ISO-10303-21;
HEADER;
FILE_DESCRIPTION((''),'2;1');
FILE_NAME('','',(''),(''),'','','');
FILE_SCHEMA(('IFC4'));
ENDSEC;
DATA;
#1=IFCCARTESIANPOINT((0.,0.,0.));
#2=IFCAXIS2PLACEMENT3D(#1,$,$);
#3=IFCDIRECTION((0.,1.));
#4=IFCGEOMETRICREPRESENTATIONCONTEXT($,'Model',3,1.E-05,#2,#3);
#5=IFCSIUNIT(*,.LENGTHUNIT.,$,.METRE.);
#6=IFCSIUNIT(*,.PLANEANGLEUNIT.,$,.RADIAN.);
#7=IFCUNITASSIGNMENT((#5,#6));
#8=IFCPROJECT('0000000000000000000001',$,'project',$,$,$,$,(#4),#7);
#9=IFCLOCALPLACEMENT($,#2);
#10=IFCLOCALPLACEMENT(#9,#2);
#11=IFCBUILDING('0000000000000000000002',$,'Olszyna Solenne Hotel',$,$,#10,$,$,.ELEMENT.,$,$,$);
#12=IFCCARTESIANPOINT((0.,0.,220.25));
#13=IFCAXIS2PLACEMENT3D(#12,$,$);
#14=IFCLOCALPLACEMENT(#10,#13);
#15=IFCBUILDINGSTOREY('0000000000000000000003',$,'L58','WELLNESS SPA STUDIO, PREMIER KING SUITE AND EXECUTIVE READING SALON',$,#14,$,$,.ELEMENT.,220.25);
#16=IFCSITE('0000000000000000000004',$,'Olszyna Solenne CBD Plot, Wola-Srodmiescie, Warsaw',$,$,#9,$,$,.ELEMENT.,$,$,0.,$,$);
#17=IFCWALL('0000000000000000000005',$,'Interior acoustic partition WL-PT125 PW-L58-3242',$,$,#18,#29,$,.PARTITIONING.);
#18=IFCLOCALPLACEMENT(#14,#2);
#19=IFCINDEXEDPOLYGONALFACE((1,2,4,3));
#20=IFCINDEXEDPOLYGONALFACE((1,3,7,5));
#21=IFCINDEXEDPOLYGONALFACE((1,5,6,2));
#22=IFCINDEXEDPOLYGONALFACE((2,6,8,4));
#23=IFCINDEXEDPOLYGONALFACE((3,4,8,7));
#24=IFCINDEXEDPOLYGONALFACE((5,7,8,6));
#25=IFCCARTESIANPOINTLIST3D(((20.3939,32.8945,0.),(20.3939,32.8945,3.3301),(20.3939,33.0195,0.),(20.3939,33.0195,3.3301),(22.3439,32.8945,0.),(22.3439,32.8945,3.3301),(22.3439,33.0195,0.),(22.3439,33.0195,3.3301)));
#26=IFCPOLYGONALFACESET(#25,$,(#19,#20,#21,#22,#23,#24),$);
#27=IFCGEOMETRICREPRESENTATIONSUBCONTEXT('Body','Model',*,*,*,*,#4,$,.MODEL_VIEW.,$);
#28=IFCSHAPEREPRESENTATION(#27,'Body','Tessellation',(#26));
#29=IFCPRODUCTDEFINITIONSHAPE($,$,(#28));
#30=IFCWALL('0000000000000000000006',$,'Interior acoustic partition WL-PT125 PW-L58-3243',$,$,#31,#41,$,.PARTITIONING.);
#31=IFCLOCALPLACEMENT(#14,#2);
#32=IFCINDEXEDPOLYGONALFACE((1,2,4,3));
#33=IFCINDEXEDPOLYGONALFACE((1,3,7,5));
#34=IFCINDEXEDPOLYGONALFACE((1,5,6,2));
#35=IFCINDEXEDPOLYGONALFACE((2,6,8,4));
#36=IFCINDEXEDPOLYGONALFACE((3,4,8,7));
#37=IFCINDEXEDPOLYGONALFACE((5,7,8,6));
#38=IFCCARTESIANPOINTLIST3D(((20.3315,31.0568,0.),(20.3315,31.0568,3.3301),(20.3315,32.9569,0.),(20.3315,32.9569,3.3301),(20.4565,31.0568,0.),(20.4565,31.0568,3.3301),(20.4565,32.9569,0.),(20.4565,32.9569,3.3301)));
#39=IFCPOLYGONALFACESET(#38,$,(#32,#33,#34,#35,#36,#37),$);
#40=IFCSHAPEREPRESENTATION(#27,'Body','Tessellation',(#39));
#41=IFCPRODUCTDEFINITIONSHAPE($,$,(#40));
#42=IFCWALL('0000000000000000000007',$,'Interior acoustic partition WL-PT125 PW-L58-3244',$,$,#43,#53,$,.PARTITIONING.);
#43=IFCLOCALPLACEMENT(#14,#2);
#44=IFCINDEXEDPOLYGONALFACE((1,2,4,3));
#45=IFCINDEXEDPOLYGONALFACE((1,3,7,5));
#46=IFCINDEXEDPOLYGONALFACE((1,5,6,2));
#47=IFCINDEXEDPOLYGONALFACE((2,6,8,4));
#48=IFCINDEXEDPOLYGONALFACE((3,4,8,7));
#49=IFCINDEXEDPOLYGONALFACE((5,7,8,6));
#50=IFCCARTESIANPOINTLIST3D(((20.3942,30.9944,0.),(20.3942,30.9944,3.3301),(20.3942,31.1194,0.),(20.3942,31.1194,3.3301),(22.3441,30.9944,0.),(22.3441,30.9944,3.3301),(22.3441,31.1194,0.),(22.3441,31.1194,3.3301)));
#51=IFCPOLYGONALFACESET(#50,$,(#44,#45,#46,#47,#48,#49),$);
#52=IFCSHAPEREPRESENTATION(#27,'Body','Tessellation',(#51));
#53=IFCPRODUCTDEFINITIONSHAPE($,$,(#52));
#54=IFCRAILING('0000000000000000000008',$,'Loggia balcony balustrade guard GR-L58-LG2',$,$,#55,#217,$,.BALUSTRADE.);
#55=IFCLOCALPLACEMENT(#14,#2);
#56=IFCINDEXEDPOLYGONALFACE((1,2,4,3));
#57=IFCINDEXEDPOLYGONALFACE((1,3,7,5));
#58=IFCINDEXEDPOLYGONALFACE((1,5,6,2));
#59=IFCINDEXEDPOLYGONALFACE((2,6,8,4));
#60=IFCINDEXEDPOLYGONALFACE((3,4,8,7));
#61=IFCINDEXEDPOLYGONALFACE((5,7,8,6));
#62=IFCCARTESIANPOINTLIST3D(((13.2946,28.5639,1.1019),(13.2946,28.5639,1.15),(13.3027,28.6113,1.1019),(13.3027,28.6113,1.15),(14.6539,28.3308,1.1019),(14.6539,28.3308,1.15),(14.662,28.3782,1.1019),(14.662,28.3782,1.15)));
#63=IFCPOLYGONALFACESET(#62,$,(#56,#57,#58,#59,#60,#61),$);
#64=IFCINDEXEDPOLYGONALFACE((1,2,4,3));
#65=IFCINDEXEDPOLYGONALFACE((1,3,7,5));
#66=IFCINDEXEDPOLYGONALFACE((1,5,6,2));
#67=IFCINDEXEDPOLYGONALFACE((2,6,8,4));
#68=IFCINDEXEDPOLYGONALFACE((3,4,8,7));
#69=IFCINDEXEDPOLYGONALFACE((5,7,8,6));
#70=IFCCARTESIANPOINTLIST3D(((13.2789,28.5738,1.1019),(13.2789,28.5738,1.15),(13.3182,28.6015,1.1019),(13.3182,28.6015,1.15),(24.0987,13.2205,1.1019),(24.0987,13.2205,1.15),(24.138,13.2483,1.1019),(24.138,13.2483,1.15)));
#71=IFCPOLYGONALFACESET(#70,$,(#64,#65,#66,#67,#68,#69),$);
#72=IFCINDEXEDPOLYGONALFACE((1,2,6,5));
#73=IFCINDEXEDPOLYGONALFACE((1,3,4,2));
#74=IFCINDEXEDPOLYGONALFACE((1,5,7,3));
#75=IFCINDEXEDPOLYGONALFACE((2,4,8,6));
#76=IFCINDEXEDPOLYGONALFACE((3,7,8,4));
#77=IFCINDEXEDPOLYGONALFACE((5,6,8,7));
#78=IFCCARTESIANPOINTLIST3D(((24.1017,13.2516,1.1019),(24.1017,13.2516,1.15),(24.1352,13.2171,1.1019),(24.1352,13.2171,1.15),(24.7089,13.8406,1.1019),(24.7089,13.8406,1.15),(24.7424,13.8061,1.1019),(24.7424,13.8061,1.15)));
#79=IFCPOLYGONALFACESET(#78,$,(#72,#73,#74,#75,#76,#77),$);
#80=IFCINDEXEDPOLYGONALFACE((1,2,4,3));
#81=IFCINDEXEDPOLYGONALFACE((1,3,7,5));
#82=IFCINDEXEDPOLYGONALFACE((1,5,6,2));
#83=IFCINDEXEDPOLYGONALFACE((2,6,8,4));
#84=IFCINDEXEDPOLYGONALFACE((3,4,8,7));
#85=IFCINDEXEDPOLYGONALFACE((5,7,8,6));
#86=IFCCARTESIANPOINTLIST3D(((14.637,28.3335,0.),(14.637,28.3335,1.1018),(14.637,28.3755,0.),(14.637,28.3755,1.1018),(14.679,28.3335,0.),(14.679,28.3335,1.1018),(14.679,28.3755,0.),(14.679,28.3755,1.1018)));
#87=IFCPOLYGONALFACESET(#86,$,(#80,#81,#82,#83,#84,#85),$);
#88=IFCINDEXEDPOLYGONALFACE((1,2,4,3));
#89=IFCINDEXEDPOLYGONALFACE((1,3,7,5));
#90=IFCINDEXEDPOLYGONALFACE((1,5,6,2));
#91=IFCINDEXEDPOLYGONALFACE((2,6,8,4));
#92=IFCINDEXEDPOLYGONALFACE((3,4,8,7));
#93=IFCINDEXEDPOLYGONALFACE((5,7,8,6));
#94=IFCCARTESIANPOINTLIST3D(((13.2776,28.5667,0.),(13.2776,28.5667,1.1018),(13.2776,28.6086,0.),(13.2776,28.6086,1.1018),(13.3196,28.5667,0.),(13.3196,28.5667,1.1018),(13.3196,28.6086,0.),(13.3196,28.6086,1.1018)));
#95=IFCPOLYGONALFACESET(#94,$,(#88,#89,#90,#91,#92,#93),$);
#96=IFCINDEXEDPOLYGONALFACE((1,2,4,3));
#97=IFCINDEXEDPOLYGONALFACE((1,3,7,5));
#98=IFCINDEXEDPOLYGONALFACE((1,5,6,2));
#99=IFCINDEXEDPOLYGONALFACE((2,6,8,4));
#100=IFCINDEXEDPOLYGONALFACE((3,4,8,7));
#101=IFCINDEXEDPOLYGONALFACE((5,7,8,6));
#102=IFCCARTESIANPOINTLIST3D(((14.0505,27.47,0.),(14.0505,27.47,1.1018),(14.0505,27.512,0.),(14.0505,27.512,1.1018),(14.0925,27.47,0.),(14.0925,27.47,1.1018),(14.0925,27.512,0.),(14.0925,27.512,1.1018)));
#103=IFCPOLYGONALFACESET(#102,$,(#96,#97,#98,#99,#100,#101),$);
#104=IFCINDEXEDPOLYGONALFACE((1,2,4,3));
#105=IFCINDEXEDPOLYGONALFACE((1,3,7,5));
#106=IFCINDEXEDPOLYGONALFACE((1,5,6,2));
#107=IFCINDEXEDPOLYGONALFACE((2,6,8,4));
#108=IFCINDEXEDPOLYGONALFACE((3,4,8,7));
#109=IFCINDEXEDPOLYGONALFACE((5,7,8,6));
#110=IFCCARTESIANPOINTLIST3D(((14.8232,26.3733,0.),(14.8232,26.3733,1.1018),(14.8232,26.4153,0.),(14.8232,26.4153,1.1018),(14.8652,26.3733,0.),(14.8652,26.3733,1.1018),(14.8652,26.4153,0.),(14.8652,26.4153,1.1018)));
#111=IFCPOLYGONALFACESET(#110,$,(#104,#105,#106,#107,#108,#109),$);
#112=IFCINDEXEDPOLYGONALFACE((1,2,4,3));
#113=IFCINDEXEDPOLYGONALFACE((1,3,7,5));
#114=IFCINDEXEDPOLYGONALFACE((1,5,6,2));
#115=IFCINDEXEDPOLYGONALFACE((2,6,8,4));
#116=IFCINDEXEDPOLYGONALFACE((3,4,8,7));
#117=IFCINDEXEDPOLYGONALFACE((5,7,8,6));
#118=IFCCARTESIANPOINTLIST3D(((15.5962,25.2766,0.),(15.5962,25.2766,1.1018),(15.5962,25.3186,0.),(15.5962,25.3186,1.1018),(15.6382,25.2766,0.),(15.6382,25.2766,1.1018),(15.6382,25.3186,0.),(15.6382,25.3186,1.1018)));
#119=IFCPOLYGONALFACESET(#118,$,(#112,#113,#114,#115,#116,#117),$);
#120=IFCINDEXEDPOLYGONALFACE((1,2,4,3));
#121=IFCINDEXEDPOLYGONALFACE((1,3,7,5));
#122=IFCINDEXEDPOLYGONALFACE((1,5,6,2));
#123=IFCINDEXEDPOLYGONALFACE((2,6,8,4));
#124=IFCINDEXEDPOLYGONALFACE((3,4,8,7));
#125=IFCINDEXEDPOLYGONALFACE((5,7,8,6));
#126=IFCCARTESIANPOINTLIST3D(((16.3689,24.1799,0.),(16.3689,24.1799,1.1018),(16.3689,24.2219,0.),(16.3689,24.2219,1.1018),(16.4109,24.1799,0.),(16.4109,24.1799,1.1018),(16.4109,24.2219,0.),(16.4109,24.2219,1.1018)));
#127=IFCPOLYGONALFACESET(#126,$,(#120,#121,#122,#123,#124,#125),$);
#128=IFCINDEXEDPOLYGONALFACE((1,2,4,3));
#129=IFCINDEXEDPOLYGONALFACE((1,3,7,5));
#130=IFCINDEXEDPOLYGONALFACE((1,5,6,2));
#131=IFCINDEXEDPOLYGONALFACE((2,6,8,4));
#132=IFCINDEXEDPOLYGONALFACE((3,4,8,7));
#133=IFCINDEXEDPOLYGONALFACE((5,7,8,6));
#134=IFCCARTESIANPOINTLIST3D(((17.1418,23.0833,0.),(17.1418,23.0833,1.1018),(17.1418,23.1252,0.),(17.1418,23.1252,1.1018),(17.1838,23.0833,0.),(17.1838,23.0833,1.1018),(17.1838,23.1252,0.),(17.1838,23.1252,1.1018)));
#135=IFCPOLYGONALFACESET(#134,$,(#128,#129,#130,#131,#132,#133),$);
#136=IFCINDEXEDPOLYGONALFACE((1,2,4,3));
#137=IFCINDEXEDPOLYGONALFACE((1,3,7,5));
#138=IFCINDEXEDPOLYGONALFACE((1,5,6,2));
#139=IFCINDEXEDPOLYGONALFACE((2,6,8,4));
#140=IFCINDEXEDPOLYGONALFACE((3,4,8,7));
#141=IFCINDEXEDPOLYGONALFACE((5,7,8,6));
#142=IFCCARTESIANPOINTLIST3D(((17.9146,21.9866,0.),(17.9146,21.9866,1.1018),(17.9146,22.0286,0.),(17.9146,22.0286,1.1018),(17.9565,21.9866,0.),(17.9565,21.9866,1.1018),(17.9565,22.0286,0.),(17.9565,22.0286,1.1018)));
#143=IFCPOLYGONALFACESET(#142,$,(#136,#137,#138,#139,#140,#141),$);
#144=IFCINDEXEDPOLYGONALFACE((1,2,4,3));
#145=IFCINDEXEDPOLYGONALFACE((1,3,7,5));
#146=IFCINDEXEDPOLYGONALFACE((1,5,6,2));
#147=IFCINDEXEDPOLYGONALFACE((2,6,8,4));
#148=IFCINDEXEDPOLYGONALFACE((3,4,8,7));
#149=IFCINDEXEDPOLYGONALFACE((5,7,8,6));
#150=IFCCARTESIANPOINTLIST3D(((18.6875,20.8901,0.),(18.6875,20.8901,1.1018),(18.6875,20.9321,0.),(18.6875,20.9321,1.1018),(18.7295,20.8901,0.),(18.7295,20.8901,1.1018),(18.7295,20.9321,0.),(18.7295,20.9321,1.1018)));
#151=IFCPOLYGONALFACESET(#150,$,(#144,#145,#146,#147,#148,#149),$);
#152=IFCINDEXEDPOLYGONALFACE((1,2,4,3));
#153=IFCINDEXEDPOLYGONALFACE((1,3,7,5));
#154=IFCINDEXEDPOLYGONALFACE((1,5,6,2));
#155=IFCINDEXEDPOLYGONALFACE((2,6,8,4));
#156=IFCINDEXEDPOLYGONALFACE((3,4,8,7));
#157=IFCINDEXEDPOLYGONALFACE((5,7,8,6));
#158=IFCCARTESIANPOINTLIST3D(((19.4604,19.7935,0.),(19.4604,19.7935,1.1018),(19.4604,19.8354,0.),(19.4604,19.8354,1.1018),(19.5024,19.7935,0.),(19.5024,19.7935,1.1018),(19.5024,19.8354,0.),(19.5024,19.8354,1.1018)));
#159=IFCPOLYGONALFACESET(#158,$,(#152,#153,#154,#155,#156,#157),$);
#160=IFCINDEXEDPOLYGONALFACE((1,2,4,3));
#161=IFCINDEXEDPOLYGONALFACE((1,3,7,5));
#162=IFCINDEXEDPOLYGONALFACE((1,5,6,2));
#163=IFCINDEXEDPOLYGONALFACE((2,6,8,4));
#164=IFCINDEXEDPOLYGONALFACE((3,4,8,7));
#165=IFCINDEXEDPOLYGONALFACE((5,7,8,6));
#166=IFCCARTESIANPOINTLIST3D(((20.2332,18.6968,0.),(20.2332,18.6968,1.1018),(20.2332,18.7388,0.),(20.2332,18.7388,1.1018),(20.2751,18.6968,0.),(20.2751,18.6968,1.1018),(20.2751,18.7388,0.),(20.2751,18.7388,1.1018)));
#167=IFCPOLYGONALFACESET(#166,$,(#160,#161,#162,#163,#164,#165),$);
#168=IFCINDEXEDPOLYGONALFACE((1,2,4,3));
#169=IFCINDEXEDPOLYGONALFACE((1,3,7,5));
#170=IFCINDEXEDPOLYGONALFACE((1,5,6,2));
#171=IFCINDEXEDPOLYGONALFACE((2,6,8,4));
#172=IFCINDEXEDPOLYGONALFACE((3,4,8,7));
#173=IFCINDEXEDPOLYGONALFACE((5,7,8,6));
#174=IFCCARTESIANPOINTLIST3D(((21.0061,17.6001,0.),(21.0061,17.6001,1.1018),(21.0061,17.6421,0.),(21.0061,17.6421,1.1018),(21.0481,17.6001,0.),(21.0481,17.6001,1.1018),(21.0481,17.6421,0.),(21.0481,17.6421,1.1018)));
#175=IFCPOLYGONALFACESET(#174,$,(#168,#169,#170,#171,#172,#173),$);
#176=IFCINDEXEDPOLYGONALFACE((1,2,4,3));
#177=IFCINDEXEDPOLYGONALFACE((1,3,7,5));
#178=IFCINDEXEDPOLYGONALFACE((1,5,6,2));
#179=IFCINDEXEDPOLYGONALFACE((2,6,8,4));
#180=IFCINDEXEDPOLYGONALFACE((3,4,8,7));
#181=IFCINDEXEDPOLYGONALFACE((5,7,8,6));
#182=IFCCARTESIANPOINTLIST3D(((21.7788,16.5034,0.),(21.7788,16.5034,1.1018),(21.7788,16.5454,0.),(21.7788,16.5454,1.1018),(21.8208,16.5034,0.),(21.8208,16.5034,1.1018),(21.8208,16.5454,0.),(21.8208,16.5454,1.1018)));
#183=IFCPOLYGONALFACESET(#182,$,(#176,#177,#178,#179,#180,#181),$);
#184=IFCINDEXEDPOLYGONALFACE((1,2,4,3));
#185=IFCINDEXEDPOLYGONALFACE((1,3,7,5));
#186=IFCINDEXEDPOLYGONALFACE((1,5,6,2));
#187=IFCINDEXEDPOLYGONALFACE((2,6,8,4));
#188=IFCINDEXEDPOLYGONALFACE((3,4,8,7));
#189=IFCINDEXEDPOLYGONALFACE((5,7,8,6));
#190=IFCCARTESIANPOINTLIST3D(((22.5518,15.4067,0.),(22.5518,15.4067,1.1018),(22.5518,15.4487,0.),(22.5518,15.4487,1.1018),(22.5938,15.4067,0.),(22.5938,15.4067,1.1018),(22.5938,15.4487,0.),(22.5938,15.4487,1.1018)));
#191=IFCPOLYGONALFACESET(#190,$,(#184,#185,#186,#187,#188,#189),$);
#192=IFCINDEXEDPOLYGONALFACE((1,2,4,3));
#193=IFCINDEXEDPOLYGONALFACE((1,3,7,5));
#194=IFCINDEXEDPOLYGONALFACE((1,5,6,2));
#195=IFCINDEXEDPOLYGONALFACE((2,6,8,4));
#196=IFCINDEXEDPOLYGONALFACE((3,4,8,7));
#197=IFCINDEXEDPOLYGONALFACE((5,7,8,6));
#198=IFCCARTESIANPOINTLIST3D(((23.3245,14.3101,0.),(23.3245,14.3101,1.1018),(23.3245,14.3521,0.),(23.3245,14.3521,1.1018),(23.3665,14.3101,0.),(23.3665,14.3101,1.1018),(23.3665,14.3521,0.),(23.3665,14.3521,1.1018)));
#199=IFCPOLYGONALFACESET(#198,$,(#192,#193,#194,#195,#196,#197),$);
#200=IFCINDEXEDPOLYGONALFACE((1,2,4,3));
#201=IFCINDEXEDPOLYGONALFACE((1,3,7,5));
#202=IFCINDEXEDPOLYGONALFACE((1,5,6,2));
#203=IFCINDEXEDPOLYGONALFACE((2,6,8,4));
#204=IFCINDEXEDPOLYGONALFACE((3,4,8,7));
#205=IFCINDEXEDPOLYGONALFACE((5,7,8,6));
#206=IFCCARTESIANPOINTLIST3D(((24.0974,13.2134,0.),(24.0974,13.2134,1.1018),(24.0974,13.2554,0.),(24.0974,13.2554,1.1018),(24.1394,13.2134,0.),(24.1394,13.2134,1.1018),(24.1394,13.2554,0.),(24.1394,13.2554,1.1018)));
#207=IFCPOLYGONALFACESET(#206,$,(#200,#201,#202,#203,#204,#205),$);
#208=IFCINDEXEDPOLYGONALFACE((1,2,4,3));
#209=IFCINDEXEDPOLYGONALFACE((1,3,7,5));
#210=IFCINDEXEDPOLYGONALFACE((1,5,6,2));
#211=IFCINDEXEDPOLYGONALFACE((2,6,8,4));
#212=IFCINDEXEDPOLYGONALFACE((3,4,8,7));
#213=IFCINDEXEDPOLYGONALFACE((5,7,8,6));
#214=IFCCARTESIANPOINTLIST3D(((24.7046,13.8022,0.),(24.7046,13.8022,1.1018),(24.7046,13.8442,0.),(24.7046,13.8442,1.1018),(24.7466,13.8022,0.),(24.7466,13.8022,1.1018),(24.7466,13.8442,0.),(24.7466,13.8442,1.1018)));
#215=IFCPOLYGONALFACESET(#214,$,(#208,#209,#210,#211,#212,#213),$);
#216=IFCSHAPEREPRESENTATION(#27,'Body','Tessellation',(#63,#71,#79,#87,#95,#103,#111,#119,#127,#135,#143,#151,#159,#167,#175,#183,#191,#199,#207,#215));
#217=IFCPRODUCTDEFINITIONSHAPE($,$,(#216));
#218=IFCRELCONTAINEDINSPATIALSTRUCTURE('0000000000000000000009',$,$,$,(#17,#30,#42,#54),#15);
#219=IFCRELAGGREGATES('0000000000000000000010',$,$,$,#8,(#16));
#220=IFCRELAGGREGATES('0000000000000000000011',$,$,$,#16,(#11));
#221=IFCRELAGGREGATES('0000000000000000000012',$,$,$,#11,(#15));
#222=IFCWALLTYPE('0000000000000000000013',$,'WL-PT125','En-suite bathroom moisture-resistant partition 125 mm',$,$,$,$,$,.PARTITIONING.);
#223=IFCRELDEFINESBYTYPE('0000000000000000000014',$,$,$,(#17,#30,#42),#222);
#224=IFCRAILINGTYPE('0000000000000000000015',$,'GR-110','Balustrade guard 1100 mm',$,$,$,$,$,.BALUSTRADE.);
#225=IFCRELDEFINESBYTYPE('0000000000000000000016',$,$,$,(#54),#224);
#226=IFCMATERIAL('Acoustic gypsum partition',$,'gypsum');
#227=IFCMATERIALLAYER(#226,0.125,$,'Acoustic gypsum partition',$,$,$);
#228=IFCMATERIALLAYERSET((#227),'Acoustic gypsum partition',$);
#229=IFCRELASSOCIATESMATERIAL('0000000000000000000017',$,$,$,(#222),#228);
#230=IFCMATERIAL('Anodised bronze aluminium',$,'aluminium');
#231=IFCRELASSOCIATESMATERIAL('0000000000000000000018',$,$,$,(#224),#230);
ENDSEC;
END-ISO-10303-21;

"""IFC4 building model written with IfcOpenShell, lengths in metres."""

from ifc_helpers import new_model, si_unit, direction, frame, frame_2d, origin, origin_2d, place, context, subcontext, project, spatial, rectangle, extrude, material, layer, layer_set, type_object, element, save


model = new_model("IFC4")

# Units and contexts
model_context = context("Model", 3, precision=1e-05, world=origin(), true_north=direction((0.0, 1.0)))
body_context = subcontext(model_context, "Body", "Model", "MODEL_VIEW")
ifc_project = project(units=[si_unit("LENGTHUNIT", "METRE"), si_unit("PLANEANGLEUNIT", "RADIAN")], contexts=[model_context])

# Site, building, storey
site_placement = place(None, origin())
site = spatial("IfcSite", under=ifc_project, at=site_placement, Name="Olszyna Solenne CBD Plot, Wola-Srodmiescie, Warsaw", CompositionType="ELEMENT", RefElevation=0.0)
building_placement = place(site_placement, origin())
building = spatial("IfcBuilding", under=site, at=building_placement, Name="Olszyna Solenne Hotel", CompositionType="ELEMENT")
storey_placement = place(building_placement, frame((0.0, 0.0, 220.25)))
storey = spatial("IfcBuildingStorey", under=building, at=storey_placement, Name="L58", Description="WELLNESS SPA STUDIO, PREMIER KING SUITE AND EXECUTIVE READING SALON", CompositionType="ELEMENT", Elevation=220.25)

# Shared definitions
ifc_material_1 = material(Name="Acoustic gypsum partition", Category="gypsum")
ifc_layer_1 = layer(ifc_material_1, 0.125, Name="Acoustic gypsum partition")
ifc_layer_set_1 = layer_set([ifc_layer_1], Name="Acoustic gypsum partition")
wall_type_1 = type_object("IfcWallType", Name="WL-PT125", Description="En-suite bathroom moisture-resistant partition 125 mm", PredefinedType="PARTITIONING", material=ifc_layer_set_1)

# Walls
wall_1_placement = place(storey_placement, frame((22.344, 32.957, 0.0), z_axis=(0.0, 0.0, 1.0), x_axis=(-1.0, 0.0, 0.0)))
element("IfcWall", 1, at=wall_1_placement, inside=storey, type_object=wall_type_1, Name="Interior acoustic partition WL-PT125 PW-L58-3242", PredefinedType="PARTITIONING", context=body_context, shape_type="SweptSolid", body=[
    extrude(rectangle(XDim=1.95, YDim=0.125, at=frame_2d((0.9751, 0.0))), origin(), (0.0, 0.0, 1.0), 3.3301),
])
wall_2_placement = place(storey_placement, frame((20.394, 32.957, 0.0), z_axis=(0.0, 0.0, 1.0), x_axis=(0.0, -1.0, 0.0)))
element("IfcWall", 2, at=wall_2_placement, inside=storey, type_object=wall_type_1, Name="Interior acoustic partition WL-PT125 PW-L58-3243", PredefinedType="PARTITIONING", context=body_context, shape_type="SweptSolid", body=[
    extrude(rectangle(XDim=1.9001, YDim=0.125, at=frame_2d((0.9502, 0.0))), origin(), (0.0, 0.0, 1.0), 3.3301),
])
wall_3_placement = place(storey_placement, frame((20.394, 31.0569, 0.0), z_axis=(0.0, 0.0, 1.0), x_axis=(1.0, 0.0, 0.0)))
element("IfcWall", 3, at=wall_3_placement, inside=storey, type_object=wall_type_1, Name="Interior acoustic partition WL-PT125 PW-L58-3244", PredefinedType="PARTITIONING", context=body_context, shape_type="SweptSolid", body=[
    extrude(rectangle(XDim=1.95, YDim=0.125, at=frame_2d((0.9751, 0.0))), origin(), (0.0, 0.0, 1.0), 3.3301),
])

# Railing
ifc_material_2 = material(Name="Anodised bronze aluminium", Category="aluminium")
railing_type = type_object("IfcRailingType", Name="GR-110", Description="Balustrade guard 1100 mm", PredefinedType="BALUSTRADE", material=ifc_material_2)
railing_placement = place(storey_placement, frame((14.658, 28.3545, 0.0)))
element("IfcRailing", 4, at=railing_placement, inside=storey, type_object=railing_type, Name="Loggia balcony balustrade guard GR-L58-LG2", PredefinedType="BALUSTRADE", context=body_context, shape_type="SweptSolid", body=[
    extrude(rectangle(XDim=0.0481, YDim=0.0481, at=origin_2d()), frame((0.0, 0.0, 1.126), z_axis=(-0.985608, 0.169047, 0.0), x_axis=(-0.169047, -0.985608, 0.0)), (0.0, 0.0, 1.0), 1.3792),
    extrude(rectangle(XDim=0.0481, YDim=0.0481, at=origin_2d()), frame((-1.3594, 0.2332, 1.126), z_axis=(0.576051, -0.817414, 0.0), x_axis=(0.817414, 0.576051, 0.0)), (0.0, 0.0, 1.0), 18.7827),
    extrude(rectangle(XDim=0.0481, YDim=0.0481, at=origin_2d()), frame((9.4604, -15.1201, 1.126), z_axis=(0.717848, 0.6962, 0.0), x_axis=(-0.6962, 0.717848, 0.0)), (0.0, 0.0, 1.0), 0.8459),
    extrude(rectangle(XDim=0.042, YDim=0.042, at=origin_2d()), origin(), (0.0, 0.0, 1.0), 1.1018),
    extrude(rectangle(XDim=0.042, YDim=0.042, at=origin_2d()), frame((-1.3594, 0.2332, 0.0)), (0.0, 0.0, 1.0), 1.1018),
    extrude(rectangle(XDim=0.042, YDim=0.042, at=origin_2d()), frame((-0.5864, -0.8635, 0.0)), (0.0, 0.0, 1.0), 1.1018),
    extrude(rectangle(XDim=0.042, YDim=0.042, at=origin_2d()), frame((0.1863, -1.9602, 0.0)), (0.0, 0.0, 1.0), 1.1018),
    extrude(rectangle(XDim=0.042, YDim=0.042, at=origin_2d()), frame((0.9592, -3.0569, 0.0)), (0.0, 0.0, 1.0), 1.1018),
    extrude(rectangle(XDim=0.042, YDim=0.042, at=origin_2d()), frame((1.7319, -4.1536, 0.0)), (0.0, 0.0, 1.0), 1.1018),
    extrude(rectangle(XDim=0.042, YDim=0.042, at=origin_2d()), frame((2.5049, -5.2502, 0.0)), (0.0, 0.0, 1.0), 1.1018),
    extrude(rectangle(XDim=0.042, YDim=0.042, at=origin_2d()), frame((3.2776, -6.3469, 0.0)), (0.0, 0.0, 1.0), 1.1018),
    extrude(rectangle(XDim=0.042, YDim=0.042, at=origin_2d()), frame((4.0505, -7.4434, 0.0)), (0.0, 0.0, 1.0), 1.1018),
    extrude(rectangle(XDim=0.042, YDim=0.042, at=origin_2d()), frame((4.8235, -8.54, 0.0)), (0.0, 0.0, 1.0), 1.1018),
    extrude(rectangle(XDim=0.042, YDim=0.042, at=origin_2d()), frame((5.5962, -9.6367, 0.0)), (0.0, 0.0, 1.0), 1.1018),
    extrude(rectangle(XDim=0.042, YDim=0.042, at=origin_2d()), frame((6.3691, -10.7334, 0.0)), (0.0, 0.0, 1.0), 1.1018),
    extrude(rectangle(XDim=0.042, YDim=0.042, at=origin_2d()), frame((7.1418, -11.8301, 0.0)), (0.0, 0.0, 1.0), 1.1018),
    extrude(rectangle(XDim=0.042, YDim=0.042, at=origin_2d()), frame((7.9148, -12.9268, 0.0)), (0.0, 0.0, 1.0), 1.1018),
    extrude(rectangle(XDim=0.042, YDim=0.042, at=origin_2d()), frame((8.6875, -14.0234, 0.0)), (0.0, 0.0, 1.0), 1.1018),
    extrude(rectangle(XDim=0.042, YDim=0.042, at=origin_2d()), frame((9.4604, -15.1201, 0.0)), (0.0, 0.0, 1.0), 1.1018),
    extrude(rectangle(XDim=0.042, YDim=0.042, at=origin_2d()), frame((10.0676, -14.5312, 0.0)), (0.0, 0.0, 1.0), 1.1018),
])

save(model, "model.ifc")
